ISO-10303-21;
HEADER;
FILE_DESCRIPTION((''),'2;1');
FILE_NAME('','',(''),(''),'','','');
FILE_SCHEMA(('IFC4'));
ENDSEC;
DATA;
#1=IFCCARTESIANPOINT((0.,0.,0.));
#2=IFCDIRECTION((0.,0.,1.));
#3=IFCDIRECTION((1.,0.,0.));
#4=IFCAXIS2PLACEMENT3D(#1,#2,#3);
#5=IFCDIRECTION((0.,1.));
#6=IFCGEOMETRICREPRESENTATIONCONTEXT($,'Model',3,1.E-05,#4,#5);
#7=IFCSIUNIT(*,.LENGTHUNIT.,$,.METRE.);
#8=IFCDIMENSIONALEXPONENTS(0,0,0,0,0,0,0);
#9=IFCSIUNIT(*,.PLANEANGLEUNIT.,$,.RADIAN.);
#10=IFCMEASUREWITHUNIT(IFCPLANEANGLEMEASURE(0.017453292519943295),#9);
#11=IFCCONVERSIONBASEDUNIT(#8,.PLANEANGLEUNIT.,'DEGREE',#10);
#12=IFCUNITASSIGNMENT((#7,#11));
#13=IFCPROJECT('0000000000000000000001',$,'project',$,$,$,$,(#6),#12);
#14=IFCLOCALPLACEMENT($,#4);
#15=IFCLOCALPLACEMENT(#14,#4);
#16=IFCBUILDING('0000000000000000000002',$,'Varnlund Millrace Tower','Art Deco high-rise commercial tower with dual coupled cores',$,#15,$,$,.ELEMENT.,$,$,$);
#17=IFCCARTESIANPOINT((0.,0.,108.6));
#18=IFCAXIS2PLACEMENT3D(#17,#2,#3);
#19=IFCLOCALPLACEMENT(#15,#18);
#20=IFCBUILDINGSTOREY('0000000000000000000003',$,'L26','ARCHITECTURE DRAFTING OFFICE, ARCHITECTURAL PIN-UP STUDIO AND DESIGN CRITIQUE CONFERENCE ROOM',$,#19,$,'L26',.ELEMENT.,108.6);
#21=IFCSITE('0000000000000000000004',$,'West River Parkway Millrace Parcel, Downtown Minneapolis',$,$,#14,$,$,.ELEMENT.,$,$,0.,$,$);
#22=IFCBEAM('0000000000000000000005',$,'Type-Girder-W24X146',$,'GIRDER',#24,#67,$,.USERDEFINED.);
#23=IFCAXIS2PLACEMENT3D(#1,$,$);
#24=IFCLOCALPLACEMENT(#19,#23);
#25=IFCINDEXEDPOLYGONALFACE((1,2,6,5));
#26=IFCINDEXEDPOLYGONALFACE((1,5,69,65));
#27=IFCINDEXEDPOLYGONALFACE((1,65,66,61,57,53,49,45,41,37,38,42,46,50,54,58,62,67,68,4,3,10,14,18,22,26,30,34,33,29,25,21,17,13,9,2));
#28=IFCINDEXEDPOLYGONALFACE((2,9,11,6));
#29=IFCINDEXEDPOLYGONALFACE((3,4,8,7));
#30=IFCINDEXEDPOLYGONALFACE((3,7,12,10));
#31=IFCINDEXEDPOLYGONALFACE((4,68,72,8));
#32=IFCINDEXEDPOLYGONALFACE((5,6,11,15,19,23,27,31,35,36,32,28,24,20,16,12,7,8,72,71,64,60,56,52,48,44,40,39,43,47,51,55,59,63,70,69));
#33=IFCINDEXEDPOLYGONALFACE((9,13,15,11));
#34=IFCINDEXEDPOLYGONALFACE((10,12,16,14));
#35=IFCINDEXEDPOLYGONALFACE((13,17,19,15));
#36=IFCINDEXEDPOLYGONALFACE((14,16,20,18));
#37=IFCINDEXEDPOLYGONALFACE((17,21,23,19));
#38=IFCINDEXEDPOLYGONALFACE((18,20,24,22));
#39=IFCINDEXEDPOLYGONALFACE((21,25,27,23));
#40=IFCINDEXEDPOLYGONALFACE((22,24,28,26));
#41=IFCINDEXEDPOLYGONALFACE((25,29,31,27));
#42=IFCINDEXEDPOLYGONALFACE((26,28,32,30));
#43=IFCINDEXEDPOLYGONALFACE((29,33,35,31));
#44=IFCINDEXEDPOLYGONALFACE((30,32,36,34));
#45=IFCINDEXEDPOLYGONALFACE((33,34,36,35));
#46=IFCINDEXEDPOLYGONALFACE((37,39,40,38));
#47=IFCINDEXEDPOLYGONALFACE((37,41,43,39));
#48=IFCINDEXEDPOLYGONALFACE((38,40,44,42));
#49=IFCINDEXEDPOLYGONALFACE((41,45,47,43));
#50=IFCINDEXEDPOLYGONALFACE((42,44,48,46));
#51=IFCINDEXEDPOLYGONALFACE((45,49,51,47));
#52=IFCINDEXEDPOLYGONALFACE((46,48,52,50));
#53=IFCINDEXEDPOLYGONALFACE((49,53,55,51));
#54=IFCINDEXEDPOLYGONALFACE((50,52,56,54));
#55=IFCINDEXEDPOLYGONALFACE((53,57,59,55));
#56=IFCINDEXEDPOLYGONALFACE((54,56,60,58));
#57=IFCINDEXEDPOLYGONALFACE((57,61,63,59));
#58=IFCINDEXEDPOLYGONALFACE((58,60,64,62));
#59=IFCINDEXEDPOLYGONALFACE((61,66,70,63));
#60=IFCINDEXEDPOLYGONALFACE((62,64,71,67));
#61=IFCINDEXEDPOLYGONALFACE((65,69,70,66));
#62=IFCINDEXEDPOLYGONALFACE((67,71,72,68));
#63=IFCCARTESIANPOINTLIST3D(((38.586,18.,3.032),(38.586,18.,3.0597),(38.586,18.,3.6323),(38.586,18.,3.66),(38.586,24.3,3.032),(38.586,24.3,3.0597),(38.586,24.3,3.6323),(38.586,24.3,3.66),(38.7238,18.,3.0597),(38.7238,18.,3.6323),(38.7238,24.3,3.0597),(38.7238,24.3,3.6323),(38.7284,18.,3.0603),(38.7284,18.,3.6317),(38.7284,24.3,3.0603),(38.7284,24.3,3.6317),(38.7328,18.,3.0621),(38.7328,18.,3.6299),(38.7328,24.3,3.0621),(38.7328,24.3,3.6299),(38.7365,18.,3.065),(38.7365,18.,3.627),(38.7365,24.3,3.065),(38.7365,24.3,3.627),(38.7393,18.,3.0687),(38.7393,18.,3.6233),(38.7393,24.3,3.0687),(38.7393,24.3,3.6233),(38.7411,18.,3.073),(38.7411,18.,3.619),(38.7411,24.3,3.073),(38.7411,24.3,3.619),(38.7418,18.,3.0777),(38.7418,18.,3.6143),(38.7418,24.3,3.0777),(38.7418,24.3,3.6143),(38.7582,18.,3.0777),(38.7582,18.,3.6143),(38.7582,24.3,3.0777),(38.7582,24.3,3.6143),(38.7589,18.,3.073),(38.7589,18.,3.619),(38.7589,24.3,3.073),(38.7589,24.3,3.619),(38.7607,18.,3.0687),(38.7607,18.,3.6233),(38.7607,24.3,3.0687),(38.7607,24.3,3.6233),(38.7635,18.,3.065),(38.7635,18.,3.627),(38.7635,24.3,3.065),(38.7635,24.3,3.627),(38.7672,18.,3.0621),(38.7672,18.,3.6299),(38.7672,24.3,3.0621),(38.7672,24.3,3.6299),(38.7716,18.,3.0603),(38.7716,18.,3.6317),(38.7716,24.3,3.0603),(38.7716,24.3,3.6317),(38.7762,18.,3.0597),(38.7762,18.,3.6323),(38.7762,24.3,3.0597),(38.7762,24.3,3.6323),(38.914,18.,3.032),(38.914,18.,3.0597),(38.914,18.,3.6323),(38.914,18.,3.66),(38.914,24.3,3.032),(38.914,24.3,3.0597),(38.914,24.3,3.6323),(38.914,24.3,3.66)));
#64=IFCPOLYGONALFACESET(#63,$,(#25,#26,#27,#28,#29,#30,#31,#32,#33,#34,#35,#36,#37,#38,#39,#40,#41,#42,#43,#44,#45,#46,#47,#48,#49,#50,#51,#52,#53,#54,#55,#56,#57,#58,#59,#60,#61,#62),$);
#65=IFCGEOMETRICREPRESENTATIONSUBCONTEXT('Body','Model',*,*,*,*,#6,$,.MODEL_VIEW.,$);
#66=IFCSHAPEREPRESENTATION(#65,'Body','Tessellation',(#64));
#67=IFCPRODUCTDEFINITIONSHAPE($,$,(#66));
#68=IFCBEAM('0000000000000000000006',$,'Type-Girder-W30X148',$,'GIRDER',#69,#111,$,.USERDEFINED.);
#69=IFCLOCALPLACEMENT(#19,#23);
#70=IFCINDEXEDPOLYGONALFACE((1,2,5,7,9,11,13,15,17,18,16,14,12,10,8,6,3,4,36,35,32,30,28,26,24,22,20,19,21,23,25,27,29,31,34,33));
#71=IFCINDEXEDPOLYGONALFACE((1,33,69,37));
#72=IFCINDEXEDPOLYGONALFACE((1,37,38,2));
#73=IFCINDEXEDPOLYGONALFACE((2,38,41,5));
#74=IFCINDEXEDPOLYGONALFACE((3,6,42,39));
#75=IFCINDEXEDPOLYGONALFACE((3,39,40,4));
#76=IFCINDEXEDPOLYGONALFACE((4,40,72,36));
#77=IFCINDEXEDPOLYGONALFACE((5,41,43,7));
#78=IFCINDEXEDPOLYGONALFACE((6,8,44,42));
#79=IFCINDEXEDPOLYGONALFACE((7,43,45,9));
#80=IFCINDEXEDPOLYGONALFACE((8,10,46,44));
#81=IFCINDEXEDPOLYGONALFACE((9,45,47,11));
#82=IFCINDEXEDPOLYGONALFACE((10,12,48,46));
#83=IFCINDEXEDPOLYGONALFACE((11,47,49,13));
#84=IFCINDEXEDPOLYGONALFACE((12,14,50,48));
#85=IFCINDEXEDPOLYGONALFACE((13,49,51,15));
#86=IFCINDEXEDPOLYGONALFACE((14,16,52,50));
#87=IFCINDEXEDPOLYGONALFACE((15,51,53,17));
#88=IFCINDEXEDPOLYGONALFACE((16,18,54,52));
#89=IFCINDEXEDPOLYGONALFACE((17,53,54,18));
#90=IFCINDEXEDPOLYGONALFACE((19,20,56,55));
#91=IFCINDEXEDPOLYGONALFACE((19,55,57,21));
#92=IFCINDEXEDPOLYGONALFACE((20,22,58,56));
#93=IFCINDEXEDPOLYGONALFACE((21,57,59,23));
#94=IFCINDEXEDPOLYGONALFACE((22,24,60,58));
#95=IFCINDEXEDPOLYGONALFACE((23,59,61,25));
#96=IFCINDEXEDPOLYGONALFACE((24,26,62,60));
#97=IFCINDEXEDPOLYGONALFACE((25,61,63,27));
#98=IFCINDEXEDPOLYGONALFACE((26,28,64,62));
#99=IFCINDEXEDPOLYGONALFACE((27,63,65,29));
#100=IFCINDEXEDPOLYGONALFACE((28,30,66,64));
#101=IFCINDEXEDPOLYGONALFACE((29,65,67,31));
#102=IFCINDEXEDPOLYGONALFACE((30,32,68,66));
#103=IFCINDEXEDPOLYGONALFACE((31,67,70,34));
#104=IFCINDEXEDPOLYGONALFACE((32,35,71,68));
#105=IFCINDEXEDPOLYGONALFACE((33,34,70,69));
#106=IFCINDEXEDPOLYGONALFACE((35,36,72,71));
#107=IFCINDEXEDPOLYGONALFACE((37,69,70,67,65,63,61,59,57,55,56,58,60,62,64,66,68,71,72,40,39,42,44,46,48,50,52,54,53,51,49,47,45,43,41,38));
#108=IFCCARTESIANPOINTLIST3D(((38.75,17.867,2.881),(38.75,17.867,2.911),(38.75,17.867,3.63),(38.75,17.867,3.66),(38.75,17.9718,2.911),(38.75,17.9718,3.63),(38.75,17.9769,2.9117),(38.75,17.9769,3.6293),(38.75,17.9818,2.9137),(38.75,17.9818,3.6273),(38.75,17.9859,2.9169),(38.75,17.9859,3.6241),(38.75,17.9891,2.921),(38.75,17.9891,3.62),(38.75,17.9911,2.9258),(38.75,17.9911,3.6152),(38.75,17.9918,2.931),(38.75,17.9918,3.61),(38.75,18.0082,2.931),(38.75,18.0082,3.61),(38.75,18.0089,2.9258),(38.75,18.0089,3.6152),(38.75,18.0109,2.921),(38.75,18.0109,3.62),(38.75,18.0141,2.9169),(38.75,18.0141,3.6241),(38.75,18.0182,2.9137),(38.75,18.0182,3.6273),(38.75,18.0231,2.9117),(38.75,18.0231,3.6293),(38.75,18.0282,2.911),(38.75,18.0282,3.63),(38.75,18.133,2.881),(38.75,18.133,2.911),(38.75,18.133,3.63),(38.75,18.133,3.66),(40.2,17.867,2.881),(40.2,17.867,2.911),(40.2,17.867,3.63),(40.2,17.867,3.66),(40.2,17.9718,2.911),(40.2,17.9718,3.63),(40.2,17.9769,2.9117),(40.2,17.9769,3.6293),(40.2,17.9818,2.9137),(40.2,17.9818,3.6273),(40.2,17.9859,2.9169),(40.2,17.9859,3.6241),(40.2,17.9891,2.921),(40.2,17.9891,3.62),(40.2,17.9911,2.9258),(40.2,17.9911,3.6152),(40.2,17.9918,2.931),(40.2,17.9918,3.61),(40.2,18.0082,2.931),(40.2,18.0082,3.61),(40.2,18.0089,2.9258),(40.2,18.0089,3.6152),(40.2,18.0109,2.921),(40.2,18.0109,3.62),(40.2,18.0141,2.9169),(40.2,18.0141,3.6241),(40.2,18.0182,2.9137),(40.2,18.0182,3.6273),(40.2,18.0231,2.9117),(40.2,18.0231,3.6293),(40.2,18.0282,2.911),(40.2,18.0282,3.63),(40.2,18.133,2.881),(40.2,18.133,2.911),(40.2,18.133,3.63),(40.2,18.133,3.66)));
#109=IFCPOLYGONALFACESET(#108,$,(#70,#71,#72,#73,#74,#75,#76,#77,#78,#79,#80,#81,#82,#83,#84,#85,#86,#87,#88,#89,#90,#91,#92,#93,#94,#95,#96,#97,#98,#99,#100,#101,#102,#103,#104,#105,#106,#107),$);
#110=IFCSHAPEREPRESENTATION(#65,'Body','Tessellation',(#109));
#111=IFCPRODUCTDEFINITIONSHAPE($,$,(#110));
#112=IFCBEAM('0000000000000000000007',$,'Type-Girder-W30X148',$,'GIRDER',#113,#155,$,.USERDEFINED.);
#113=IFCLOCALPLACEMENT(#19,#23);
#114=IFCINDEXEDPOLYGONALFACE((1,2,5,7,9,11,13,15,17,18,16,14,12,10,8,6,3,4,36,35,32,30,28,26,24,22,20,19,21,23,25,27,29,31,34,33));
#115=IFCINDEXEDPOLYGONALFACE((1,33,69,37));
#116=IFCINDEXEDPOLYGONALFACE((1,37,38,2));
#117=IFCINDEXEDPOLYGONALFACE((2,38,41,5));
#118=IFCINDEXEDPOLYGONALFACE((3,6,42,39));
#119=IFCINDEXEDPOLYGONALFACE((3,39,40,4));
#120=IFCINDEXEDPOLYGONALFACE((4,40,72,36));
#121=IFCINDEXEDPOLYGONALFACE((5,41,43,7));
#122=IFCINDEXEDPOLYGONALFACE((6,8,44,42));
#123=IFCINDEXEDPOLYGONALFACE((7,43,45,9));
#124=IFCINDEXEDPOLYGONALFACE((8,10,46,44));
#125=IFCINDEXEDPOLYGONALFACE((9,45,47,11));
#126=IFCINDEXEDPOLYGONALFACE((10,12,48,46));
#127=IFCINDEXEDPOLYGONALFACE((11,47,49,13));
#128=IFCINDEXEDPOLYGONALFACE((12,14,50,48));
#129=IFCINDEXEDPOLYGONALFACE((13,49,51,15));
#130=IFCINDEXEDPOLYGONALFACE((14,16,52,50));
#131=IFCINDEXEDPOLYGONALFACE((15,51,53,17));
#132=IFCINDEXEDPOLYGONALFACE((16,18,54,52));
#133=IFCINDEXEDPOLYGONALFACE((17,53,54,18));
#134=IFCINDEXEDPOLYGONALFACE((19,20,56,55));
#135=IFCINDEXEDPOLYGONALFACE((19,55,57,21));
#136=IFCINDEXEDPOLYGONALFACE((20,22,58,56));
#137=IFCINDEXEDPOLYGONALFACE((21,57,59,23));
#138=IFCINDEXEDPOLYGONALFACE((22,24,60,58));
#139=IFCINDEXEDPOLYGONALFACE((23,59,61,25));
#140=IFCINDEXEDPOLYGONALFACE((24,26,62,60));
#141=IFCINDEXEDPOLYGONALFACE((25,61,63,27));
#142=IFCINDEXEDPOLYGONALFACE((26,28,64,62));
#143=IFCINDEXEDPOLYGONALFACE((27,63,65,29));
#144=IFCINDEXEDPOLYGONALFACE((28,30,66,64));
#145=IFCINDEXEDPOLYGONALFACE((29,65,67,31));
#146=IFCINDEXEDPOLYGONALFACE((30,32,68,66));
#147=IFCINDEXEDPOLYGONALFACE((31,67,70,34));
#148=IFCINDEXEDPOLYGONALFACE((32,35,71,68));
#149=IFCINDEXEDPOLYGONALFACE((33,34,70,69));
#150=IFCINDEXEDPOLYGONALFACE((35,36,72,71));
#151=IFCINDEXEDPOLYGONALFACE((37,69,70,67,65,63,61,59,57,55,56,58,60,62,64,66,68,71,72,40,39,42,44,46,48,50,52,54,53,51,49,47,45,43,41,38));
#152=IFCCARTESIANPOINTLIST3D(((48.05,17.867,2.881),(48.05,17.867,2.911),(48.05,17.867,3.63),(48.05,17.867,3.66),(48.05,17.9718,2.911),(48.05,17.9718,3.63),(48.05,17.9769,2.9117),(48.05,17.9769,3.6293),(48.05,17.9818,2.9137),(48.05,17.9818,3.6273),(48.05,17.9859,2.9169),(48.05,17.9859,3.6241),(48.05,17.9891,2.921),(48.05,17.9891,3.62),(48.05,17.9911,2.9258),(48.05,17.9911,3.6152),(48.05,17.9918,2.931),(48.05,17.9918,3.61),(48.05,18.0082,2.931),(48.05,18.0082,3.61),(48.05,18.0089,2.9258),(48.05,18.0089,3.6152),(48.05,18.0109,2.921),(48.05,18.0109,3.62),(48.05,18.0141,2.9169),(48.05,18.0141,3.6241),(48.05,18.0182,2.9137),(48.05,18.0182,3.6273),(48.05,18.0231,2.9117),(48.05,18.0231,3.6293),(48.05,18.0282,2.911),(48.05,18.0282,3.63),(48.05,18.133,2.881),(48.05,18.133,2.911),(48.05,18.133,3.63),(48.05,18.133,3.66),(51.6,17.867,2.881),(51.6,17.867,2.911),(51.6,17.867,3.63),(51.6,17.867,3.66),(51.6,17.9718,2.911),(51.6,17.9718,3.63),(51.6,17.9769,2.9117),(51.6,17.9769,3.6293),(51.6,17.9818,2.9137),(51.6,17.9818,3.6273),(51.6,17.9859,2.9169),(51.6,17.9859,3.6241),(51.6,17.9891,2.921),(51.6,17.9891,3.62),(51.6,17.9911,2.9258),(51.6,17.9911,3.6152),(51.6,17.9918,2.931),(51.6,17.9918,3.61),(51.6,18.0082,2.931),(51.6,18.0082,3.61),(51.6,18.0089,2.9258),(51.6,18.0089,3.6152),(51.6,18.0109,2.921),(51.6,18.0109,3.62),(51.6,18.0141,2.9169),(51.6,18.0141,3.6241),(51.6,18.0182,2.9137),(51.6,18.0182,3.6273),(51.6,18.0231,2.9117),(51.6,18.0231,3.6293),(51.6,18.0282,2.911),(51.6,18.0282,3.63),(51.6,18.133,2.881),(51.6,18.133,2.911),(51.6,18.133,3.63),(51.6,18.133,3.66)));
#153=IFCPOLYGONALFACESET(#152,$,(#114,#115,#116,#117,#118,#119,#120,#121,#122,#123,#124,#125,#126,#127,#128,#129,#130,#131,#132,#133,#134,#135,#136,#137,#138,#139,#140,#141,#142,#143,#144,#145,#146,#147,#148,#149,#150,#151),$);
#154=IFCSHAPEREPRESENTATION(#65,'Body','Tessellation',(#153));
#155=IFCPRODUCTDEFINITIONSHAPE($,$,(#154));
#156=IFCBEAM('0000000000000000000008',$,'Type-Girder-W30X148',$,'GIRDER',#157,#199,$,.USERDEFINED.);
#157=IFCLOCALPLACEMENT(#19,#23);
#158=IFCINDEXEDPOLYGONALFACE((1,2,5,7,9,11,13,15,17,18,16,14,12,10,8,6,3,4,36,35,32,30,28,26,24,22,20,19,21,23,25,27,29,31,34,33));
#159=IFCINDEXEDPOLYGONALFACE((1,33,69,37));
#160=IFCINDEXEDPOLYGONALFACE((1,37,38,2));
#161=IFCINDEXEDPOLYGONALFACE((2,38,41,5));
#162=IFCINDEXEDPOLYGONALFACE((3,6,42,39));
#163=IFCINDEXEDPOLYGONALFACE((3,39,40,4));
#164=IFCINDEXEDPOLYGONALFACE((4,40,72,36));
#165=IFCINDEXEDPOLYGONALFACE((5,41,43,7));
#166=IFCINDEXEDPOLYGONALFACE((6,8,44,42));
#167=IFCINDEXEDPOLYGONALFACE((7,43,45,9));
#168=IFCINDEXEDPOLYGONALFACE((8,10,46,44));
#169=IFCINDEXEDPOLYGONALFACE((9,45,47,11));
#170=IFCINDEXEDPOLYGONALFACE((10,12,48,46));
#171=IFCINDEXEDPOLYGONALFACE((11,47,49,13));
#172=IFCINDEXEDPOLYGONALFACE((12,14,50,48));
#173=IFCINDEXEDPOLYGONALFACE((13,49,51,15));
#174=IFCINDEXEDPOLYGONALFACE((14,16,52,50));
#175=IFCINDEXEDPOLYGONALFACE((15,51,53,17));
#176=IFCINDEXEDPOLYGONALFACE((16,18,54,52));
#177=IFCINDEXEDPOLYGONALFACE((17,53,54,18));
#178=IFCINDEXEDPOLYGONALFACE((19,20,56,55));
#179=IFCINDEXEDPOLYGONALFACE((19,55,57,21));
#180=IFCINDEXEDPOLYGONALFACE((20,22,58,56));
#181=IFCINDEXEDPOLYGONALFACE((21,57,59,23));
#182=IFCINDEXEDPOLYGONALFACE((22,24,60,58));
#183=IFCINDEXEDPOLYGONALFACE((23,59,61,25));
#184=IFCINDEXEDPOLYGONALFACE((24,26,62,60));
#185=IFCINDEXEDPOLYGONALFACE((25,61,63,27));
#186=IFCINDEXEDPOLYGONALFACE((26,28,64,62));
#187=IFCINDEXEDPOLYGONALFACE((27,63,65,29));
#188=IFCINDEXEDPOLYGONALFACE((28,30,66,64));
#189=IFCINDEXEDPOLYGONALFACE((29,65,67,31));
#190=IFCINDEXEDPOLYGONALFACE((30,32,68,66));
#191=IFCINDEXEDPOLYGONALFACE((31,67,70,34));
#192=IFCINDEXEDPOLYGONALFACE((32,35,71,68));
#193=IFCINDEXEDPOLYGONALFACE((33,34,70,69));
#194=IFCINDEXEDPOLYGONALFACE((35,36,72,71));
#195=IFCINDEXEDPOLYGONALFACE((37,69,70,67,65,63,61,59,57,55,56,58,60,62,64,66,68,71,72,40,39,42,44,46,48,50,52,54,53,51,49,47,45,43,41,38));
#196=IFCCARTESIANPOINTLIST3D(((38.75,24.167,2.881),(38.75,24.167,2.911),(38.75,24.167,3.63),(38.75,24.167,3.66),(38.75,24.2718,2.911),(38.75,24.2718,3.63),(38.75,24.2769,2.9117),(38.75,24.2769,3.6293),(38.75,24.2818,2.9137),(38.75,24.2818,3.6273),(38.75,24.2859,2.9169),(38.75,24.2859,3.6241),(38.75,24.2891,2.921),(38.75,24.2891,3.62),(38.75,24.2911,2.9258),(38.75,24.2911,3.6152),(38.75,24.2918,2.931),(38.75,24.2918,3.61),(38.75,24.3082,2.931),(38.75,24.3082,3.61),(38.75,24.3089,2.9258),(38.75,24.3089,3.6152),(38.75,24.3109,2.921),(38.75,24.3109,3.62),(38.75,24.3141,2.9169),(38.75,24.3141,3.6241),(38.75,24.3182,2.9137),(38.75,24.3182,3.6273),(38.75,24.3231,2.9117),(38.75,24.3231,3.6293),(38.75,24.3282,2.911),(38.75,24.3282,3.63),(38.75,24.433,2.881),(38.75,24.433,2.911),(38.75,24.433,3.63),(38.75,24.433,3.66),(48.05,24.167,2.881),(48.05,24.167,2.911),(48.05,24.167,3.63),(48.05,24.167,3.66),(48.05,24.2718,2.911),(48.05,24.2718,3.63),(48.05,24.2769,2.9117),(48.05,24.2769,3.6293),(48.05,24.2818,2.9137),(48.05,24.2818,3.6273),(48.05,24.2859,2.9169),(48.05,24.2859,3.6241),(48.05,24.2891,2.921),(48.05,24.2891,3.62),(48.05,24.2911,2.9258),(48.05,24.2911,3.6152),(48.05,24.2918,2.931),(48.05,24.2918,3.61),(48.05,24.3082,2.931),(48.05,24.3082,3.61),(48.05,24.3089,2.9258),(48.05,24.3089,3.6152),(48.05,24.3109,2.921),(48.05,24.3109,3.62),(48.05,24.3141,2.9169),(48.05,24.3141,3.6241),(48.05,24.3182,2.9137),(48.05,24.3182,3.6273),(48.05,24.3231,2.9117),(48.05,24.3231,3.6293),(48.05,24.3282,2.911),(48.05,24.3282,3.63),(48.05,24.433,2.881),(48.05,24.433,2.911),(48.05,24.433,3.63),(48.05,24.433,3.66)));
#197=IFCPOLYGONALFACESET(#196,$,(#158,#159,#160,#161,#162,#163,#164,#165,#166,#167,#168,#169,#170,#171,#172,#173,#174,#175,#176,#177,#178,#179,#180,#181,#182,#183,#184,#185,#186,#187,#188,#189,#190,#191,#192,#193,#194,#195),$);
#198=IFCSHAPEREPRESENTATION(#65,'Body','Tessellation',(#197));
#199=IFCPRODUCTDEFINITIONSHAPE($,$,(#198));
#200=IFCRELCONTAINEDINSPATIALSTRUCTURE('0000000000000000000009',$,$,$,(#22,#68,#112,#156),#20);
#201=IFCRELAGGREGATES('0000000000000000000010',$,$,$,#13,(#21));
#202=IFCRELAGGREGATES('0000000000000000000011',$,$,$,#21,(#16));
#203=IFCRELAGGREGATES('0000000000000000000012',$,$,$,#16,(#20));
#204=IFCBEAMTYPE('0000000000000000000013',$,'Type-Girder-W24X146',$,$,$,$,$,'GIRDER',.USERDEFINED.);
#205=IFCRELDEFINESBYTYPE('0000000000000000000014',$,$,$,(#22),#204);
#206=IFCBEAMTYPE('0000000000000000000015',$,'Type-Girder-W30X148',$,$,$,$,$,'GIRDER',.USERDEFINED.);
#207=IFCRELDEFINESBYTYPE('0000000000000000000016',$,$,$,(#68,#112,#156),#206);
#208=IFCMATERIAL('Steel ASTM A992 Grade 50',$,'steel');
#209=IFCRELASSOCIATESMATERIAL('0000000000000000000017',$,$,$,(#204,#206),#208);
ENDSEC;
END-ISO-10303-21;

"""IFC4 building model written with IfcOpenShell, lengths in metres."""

from ifc_helpers import new_model, entity, si_unit, converted_unit, direction, frame, origin_with_axes, origin_2d_with_axis, place, context, subcontext, project, spatial, i_section, extrude, material, material_profile, profile_set, type_object, element, save


model = new_model("IFC4")

# Units and contexts
model_context = context("Model", 3, precision=1e-05, world=origin_with_axes(), true_north=direction((0.0, 1.0)))
body_context = subcontext(model_context, "Body", "Model", "MODEL_VIEW")
ifc_project = project(units=[si_unit("LENGTHUNIT", "METRE"), converted_unit("PLANEANGLEUNIT", "DEGREE", entity("IfcPlaneAngleMeasure", 0.017453292519943295), si_unit("PLANEANGLEUNIT", "RADIAN"), dimensions=[0, 0, 0, 0, 0, 0, 0])], contexts=[model_context])

# Site, building, storey
site_placement = place(None, origin_with_axes())
site = spatial("IfcSite", under=ifc_project, at=site_placement, Name="West River Parkway Millrace Parcel, Downtown Minneapolis", CompositionType="ELEMENT", RefElevation=0.0)
building_placement = place(site_placement, origin_with_axes())
building = spatial("IfcBuilding", under=site, at=building_placement, Name="Varnlund Millrace Tower", Description="Art Deco high-rise commercial tower with dual coupled cores", CompositionType="ELEMENT")
storey_placement = place(building_placement, frame((0.0, 0.0, 108.6), z_axis=(0.0, 0.0, 1.0), x_axis=(1.0, 0.0, 0.0)))
storey = spatial("IfcBuildingStorey", under=building, at=storey_placement, Name="L26", Description="ARCHITECTURE DRAFTING OFFICE, ARCHITECTURAL PIN-UP STUDIO AND DESIGN CRITIQUE CONFERENCE ROOM", LongName="L26", CompositionType="ELEMENT", Elevation=108.6)

# Beams
ifc_material_1 = material(Name="Steel ASTM A992 Grade 50", Category="steel")
ifc_material_profile_1 = material_profile(ifc_material_1, i_section(OverallWidth=0.328, OverallDepth=0.628, WebThickness=0.0165, FlangeThickness=0.0277, FilletRadius=0.018, at=origin_2d_with_axis()), Name="Steel ASTM A992 Grade 50")
ifc_profile_set_1 = profile_set([ifc_material_profile_1], Name="Steel ASTM A992 Grade 50")
beam_type_1 = type_object("IfcBeamType", Name="Type-Girder-W24X146", ElementType="GIRDER", PredefinedType="USERDEFINED", material=ifc_profile_set_1)
beam_1_placement = place(storey_placement, frame((38.75, 18.0, 3.346), z_axis=(0.0, 1.0, 0.0), x_axis=(-1.0, 0.0, 0.0)))
element("IfcBeam", 1, at=beam_1_placement, inside=storey, type_object=beam_type_1, Name="Type-Girder-W24X146", ObjectType="GIRDER", PredefinedType="USERDEFINED", context=body_context, shape_type="SweptSolid", body=[
    extrude(i_section(OverallWidth=0.328, OverallDepth=0.628, WebThickness=0.0165, FlangeThickness=0.0277, FilletRadius=0.018, at=origin_2d_with_axis()), origin_with_axes(), (0.0, 0.0, 1.0), 6.3),
])
ifc_material_profile_2 = material_profile(ifc_material_1, i_section(OverallWidth=0.266, OverallDepth=0.779, WebThickness=0.0165, FlangeThickness=0.03, FilletRadius=0.02, at=origin_2d_with_axis()), Name="Steel ASTM A992 Grade 50")
ifc_profile_set_2 = profile_set([ifc_material_profile_2], Name="Steel ASTM A992 Grade 50")
beam_type_2 = type_object("IfcBeamType", Name="Type-Girder-W30X148", ElementType="GIRDER", PredefinedType="USERDEFINED", material=ifc_profile_set_2)
beam_2_placement = place(storey_placement, frame((38.75, 18.0, 3.2705), z_axis=(1.0, 0.0, 0.0), x_axis=(0.0, 1.0, 0.0)))
element("IfcBeam", 2, at=beam_2_placement, inside=storey, type_object=beam_type_2, Name="Type-Girder-W30X148", ObjectType="GIRDER", PredefinedType="USERDEFINED", context=body_context, shape_type="SweptSolid", body=[
    extrude(i_section(OverallWidth=0.266, OverallDepth=0.779, WebThickness=0.0165, FlangeThickness=0.03, FilletRadius=0.02, at=origin_2d_with_axis()), origin_with_axes(), (0.0, 0.0, 1.0), 1.45),
])
beam_3_placement = place(storey_placement, frame((48.05, 18.0, 3.2705), z_axis=(1.0, 0.0, 0.0), x_axis=(0.0, 1.0, 0.0)))
element("IfcBeam", 3, at=beam_3_placement, inside=storey, type_object=beam_type_2, Name="Type-Girder-W30X148", ObjectType="GIRDER", PredefinedType="USERDEFINED", context=body_context, shape_type="SweptSolid", body=[
    extrude(i_section(OverallWidth=0.266, OverallDepth=0.779, WebThickness=0.0165, FlangeThickness=0.03, FilletRadius=0.02, at=origin_2d_with_axis()), origin_with_axes(), (0.0, 0.0, 1.0), 3.55),
])
beam_4_placement = place(storey_placement, frame((38.75, 24.3, 3.2705), z_axis=(1.0, 0.0, 0.0), x_axis=(0.0, 1.0, 0.0)))
element("IfcBeam", 4, at=beam_4_placement, inside=storey, type_object=beam_type_2, Name="Type-Girder-W30X148", ObjectType="GIRDER", PredefinedType="USERDEFINED", context=body_context, shape_type="SweptSolid", body=[
    extrude(i_section(OverallWidth=0.266, OverallDepth=0.779, WebThickness=0.0165, FlangeThickness=0.03, FilletRadius=0.02, at=origin_2d_with_axis()), origin_with_axes(), (0.0, 0.0, 1.0), 9.3),
])

save(model, "model.ifc")
